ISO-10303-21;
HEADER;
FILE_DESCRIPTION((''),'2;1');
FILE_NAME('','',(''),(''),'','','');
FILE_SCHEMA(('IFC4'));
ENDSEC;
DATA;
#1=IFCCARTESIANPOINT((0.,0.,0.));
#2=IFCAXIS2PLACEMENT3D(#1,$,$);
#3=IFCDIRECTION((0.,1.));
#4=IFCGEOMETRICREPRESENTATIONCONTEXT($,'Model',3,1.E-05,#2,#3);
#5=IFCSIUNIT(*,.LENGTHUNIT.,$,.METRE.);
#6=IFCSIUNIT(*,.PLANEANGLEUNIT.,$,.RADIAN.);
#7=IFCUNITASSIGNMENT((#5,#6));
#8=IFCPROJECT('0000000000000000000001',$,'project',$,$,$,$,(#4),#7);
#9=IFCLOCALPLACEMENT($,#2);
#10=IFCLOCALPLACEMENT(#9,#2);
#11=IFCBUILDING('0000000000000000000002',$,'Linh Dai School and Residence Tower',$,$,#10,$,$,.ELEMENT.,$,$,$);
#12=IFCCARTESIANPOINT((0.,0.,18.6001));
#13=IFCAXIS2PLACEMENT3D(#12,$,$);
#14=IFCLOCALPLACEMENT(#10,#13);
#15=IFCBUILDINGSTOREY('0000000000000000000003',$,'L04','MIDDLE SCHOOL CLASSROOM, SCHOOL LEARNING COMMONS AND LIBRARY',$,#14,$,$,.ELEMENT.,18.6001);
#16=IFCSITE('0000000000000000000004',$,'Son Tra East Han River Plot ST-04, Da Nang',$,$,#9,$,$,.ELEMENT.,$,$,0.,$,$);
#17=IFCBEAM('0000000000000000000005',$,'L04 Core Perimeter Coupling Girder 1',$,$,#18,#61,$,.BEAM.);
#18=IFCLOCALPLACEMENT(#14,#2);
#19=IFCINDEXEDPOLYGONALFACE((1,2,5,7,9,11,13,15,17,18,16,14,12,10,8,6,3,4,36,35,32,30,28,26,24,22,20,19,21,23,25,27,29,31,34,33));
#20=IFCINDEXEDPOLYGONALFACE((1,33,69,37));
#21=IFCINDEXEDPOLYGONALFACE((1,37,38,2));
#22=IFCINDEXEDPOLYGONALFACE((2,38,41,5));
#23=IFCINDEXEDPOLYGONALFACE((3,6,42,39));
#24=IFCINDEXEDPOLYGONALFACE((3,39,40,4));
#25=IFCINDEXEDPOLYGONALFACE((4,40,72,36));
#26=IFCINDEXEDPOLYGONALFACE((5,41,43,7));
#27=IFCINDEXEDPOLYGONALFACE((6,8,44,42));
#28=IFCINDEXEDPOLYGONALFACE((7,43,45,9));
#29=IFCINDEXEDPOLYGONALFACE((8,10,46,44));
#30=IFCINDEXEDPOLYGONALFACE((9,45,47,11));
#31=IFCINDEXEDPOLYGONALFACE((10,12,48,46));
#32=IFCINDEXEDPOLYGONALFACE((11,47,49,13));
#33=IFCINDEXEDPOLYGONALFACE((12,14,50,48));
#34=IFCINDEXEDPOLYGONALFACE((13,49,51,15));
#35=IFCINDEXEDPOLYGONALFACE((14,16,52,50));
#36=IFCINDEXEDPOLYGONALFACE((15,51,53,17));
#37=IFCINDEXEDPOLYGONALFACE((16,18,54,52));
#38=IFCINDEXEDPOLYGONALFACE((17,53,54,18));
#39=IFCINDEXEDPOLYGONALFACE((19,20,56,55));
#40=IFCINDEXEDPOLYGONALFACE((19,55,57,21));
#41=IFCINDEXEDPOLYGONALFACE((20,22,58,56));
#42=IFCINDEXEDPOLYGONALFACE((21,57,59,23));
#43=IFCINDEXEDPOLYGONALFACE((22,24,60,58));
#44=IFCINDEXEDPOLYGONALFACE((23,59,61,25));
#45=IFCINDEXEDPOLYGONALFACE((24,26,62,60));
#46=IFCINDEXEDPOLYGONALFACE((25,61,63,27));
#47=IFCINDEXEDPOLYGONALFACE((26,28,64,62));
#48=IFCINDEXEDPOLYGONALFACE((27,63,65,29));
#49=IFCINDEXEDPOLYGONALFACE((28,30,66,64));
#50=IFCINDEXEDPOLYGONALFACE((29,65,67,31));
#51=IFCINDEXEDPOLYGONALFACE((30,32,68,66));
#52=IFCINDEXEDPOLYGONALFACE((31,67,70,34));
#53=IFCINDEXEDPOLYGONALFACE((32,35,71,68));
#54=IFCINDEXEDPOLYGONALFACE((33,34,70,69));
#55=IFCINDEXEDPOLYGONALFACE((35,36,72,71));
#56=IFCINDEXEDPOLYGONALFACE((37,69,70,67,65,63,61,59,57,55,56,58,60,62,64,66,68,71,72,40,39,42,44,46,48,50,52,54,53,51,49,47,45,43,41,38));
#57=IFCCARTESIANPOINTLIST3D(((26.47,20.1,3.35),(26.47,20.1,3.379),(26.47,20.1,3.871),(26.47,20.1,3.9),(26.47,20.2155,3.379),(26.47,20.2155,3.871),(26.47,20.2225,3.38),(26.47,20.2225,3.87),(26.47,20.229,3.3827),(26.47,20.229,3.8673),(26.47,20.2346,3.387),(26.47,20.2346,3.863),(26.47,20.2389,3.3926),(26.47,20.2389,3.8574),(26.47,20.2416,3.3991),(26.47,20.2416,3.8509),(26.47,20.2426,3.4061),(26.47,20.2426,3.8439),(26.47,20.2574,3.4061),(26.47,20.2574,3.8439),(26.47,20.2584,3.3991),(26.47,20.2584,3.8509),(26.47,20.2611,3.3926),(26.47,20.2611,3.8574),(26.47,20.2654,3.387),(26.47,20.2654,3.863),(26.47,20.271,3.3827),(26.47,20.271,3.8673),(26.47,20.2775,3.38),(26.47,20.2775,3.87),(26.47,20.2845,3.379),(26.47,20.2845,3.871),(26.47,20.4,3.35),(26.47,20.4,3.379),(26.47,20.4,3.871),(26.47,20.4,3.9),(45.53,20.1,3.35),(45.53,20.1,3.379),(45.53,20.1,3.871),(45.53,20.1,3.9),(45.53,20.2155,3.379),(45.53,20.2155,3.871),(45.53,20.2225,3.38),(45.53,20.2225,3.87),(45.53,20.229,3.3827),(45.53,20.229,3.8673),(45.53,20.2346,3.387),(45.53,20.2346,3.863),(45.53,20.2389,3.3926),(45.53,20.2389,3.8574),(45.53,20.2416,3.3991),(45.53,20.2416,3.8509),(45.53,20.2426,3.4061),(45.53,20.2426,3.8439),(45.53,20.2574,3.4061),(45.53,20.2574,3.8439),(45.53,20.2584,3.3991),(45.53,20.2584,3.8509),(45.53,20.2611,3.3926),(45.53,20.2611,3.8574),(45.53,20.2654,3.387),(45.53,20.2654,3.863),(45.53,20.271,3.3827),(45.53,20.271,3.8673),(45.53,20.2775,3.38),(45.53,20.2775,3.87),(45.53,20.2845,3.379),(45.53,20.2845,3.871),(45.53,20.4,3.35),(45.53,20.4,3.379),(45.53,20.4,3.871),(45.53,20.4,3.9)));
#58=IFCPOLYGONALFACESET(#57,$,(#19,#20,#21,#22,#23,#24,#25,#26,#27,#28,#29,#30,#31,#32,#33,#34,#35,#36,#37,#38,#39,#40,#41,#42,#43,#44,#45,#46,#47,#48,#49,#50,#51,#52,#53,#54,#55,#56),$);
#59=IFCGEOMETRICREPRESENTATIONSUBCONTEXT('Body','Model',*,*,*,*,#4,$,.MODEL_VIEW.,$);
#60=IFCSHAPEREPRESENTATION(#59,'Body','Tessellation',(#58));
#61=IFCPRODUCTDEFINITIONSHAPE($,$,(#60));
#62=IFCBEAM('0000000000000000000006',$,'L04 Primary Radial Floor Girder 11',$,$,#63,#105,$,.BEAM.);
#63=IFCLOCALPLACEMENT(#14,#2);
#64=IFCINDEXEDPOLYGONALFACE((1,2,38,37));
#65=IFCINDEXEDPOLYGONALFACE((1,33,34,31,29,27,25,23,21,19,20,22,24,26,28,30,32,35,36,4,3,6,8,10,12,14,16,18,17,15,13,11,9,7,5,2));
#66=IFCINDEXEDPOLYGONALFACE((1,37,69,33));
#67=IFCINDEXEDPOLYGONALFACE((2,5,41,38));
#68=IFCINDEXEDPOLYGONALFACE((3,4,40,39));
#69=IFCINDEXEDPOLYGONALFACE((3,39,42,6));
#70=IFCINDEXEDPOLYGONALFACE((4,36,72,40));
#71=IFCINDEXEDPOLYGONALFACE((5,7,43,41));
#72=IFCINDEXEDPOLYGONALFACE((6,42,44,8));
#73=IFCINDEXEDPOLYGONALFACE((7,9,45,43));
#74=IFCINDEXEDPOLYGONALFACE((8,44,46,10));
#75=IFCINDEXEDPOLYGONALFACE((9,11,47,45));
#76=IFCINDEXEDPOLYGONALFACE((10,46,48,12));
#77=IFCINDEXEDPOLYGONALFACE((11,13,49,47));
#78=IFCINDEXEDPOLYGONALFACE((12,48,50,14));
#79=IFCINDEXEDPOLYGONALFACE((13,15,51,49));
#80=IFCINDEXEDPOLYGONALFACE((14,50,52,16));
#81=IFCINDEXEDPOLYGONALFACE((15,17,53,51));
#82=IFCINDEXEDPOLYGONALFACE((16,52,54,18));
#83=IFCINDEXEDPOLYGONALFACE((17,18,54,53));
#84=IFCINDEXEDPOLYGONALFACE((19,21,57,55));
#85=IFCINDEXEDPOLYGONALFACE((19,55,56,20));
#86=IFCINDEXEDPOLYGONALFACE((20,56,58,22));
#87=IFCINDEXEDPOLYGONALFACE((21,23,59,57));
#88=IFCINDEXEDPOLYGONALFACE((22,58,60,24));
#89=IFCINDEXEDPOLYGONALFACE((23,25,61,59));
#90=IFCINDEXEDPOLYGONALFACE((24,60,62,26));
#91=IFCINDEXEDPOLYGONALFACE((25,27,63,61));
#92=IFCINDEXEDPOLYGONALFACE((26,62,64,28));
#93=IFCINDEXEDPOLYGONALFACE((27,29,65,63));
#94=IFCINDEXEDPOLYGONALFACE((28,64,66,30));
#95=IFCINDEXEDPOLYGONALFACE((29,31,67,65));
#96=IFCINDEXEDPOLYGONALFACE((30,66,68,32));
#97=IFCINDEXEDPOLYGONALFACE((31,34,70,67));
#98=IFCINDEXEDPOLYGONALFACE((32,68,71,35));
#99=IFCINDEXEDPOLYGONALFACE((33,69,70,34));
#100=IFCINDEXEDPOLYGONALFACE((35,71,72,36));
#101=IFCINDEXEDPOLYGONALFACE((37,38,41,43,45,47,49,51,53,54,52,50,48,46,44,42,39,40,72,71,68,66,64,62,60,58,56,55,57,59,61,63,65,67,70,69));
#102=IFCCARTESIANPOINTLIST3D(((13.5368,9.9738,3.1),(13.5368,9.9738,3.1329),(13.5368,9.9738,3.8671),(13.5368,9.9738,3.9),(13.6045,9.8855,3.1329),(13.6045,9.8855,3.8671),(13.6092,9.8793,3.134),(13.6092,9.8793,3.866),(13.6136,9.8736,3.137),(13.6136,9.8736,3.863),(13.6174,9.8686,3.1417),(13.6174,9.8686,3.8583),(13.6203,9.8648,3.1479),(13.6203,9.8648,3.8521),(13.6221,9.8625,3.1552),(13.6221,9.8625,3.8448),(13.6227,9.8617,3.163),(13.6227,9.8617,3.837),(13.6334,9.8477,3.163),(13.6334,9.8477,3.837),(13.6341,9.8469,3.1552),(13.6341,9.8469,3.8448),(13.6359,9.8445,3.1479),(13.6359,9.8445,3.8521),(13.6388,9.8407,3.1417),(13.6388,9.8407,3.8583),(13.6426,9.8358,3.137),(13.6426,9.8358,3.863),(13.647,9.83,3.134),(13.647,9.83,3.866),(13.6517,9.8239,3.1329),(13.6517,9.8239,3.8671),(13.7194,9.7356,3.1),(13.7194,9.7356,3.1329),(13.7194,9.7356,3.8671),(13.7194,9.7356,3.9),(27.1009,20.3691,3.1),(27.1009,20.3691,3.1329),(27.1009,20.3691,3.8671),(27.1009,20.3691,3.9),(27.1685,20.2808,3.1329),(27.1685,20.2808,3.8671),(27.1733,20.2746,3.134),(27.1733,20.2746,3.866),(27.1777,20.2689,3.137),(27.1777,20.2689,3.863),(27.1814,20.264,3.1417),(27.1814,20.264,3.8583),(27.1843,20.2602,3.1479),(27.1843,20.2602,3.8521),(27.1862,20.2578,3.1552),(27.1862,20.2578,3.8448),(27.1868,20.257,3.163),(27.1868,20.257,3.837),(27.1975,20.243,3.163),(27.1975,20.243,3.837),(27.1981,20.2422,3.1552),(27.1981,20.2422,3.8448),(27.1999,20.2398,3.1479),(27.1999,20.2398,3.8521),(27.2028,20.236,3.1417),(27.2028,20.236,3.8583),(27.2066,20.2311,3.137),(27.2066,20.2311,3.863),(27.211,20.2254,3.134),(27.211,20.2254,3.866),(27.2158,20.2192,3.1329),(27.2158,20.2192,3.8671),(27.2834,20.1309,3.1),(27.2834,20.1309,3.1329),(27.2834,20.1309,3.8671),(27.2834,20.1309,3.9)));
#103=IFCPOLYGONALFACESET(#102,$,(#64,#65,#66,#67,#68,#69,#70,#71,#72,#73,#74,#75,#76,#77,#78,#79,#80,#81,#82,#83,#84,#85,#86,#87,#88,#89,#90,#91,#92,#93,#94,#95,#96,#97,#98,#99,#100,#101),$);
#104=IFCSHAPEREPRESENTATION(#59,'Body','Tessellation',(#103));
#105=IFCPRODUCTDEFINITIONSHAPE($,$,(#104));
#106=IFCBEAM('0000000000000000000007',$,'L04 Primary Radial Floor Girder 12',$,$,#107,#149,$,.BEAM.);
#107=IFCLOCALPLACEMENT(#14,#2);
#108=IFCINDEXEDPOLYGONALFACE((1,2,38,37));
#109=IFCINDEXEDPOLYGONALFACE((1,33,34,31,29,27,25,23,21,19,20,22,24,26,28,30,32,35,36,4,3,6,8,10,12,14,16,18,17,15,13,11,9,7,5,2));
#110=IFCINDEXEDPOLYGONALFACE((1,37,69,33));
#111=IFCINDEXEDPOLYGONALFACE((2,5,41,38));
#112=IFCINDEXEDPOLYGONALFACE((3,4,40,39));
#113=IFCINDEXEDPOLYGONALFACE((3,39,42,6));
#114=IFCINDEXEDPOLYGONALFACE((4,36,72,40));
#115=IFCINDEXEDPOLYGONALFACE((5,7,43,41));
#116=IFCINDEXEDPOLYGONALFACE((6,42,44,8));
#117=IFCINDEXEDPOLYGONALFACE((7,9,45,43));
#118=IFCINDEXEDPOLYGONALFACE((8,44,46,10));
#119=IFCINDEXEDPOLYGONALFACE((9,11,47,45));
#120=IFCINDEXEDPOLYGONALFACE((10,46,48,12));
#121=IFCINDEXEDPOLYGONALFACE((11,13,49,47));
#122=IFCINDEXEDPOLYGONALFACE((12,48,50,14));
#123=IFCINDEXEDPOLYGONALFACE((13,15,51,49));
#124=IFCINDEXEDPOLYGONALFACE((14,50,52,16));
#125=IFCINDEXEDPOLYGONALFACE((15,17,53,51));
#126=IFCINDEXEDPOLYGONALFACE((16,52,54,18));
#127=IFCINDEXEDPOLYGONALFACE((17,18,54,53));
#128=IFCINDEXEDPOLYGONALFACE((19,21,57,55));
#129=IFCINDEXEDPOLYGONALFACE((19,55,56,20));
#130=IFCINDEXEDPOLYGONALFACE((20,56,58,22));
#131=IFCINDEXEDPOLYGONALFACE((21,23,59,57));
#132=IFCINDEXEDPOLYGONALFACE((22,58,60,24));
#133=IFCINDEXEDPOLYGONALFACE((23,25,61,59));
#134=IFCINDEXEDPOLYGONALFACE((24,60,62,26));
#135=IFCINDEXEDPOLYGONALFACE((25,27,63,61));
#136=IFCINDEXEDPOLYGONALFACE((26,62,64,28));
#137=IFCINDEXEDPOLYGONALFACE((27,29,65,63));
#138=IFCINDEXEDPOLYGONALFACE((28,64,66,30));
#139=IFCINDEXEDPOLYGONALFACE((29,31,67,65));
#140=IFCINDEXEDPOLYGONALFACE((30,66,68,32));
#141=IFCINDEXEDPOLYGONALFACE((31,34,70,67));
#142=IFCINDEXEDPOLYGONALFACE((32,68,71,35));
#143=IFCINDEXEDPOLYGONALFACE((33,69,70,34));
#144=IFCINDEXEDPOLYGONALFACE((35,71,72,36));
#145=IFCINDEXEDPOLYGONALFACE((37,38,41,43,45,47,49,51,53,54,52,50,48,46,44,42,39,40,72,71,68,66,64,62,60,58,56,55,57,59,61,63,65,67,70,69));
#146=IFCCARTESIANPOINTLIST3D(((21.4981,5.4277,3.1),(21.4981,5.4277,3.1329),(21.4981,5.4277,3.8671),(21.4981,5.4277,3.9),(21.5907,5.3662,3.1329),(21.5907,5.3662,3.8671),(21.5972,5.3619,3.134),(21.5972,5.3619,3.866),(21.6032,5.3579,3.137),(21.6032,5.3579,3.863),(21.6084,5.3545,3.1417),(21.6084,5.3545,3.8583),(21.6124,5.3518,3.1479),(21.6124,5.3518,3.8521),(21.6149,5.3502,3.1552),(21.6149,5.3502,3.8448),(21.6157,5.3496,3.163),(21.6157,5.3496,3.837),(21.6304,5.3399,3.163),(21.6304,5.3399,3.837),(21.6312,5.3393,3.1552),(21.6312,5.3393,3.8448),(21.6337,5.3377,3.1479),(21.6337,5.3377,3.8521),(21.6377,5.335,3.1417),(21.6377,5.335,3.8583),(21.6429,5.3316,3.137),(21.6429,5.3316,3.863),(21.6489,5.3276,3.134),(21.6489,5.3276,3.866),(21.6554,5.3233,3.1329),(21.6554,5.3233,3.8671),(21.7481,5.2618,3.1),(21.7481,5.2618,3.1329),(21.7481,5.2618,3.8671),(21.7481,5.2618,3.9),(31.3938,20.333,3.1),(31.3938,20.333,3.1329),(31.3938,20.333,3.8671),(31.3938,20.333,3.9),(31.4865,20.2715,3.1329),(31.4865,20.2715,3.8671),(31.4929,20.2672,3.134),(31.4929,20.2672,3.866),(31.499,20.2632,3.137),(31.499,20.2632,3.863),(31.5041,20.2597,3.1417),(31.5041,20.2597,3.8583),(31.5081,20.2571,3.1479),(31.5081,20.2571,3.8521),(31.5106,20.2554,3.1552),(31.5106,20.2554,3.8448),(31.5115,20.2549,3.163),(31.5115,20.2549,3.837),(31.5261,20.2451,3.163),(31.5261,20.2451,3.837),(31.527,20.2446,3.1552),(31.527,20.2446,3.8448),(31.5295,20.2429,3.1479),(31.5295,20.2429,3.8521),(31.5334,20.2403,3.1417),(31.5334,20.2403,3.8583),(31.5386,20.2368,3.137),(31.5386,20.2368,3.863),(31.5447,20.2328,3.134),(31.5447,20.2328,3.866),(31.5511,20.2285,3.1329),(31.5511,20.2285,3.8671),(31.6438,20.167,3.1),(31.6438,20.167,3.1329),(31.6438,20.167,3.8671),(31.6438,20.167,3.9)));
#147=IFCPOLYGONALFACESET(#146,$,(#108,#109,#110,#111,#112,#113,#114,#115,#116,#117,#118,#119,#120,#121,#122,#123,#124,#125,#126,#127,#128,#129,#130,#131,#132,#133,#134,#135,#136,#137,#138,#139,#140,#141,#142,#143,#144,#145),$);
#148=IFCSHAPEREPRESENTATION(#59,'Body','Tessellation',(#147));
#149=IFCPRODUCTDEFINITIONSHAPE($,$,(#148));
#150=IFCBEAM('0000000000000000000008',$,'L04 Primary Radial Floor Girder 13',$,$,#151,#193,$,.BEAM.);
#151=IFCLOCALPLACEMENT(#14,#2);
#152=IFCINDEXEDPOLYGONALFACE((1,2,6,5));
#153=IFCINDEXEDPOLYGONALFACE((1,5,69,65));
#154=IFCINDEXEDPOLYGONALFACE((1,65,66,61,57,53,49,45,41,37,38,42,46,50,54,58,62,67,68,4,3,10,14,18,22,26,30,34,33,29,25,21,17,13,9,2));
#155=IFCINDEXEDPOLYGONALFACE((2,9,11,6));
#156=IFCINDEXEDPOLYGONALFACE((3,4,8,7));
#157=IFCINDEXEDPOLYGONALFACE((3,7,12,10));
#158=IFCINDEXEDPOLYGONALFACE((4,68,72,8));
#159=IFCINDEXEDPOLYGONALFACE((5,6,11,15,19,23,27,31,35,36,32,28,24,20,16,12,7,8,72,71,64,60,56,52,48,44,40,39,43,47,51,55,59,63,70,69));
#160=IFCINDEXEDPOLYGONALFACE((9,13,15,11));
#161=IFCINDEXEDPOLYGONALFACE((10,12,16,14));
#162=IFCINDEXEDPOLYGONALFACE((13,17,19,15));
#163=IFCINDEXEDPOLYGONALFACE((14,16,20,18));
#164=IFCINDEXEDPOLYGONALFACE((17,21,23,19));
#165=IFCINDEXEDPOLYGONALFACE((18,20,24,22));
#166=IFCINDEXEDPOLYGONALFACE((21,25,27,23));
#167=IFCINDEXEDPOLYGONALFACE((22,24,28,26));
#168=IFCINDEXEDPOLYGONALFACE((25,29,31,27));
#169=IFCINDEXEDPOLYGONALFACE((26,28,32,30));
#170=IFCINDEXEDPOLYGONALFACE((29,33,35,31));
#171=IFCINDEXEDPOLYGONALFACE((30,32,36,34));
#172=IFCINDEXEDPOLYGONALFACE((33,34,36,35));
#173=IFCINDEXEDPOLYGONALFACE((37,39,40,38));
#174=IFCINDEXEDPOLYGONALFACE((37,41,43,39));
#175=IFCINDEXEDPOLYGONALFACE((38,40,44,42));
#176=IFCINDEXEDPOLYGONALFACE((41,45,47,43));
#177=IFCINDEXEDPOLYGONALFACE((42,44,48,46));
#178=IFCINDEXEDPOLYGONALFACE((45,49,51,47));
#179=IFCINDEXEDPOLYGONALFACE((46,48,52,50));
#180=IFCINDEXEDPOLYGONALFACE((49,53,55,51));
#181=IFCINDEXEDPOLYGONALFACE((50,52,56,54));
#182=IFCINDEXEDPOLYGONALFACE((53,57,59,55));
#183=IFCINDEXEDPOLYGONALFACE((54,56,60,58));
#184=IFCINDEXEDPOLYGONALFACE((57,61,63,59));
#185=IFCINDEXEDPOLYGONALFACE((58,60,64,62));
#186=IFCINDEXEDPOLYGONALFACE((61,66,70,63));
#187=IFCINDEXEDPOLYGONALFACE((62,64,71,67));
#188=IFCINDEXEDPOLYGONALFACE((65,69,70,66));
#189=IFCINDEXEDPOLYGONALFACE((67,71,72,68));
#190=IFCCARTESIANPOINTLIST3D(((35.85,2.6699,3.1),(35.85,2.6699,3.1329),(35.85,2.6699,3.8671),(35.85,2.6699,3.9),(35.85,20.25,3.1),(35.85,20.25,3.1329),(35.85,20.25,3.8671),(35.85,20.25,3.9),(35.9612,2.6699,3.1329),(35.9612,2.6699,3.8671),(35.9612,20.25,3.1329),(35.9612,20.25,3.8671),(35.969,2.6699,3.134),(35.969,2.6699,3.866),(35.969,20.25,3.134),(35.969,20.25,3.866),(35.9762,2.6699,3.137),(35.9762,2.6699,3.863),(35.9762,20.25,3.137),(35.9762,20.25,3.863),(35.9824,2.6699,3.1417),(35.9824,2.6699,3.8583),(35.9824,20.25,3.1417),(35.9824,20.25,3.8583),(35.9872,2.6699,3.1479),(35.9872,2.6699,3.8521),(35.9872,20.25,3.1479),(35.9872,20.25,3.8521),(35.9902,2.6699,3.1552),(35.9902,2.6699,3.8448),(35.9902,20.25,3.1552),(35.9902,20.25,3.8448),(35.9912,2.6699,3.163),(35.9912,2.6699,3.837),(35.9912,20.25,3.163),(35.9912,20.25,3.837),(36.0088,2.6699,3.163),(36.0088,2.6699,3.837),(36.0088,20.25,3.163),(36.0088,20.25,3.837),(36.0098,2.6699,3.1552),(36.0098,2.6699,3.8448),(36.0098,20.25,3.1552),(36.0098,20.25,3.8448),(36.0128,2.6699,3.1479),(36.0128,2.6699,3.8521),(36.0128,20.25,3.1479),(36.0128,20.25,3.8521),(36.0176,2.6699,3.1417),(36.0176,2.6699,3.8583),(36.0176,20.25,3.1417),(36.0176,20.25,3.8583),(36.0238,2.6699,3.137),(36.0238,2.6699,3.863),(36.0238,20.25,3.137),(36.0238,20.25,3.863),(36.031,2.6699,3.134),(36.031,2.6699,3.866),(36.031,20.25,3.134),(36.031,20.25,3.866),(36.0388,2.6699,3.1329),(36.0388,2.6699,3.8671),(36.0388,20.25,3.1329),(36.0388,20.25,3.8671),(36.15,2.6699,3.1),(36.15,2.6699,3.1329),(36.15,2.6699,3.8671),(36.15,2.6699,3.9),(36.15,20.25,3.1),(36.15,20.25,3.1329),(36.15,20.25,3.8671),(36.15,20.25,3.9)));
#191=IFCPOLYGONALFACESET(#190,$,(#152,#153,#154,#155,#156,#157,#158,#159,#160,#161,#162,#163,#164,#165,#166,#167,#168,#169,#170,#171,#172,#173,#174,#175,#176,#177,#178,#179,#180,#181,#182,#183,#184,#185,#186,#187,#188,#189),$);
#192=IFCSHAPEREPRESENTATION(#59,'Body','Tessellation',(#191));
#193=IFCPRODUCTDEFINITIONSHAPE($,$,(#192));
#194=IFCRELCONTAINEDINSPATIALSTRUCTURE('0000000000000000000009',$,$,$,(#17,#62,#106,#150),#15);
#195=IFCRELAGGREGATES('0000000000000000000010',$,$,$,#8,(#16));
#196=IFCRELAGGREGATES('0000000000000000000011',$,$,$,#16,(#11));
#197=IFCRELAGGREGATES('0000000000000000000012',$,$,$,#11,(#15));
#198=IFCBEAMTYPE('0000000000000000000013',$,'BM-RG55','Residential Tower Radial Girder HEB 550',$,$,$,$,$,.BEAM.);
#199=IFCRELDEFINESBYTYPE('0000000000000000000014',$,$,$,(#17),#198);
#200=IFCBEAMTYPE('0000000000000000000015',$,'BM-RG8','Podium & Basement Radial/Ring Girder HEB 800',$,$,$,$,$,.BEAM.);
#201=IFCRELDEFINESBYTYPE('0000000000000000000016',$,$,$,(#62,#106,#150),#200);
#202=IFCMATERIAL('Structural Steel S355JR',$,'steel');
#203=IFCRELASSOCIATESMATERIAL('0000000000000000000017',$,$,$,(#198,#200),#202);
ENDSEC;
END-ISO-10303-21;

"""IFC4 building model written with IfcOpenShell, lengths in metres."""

from ifc_helpers import new_model, si_unit, direction, frame, origin, origin_2d, place, context, subcontext, project, spatial, i_section, extrude, material, material_profile, profile_set, type_object, element, save


model = new_model("IFC4")

# Units and contexts
model_context = context("Model", 3, precision=1e-05, world=origin(), true_north=direction((0.0, 1.0)))
body_context = subcontext(model_context, "Body", "Model", "MODEL_VIEW")
ifc_project = project(units=[si_unit("LENGTHUNIT", "METRE"), si_unit("PLANEANGLEUNIT", "RADIAN")], contexts=[model_context])

# Site, building, storey
site_placement = place(None, origin())
site = spatial("IfcSite", under=ifc_project, at=site_placement, Name="Son Tra East Han River Plot ST-04, Da Nang", CompositionType="ELEMENT", RefElevation=0.0)
building_placement = place(site_placement, origin())
building = spatial("IfcBuilding", under=site, at=building_placement, Name="Linh Dai School and Residence Tower", CompositionType="ELEMENT")
storey_placement = place(building_placement, frame((0.0, 0.0, 18.6001)))
storey = spatial("IfcBuildingStorey", under=building, at=storey_placement, Name="L04", Description="MIDDLE SCHOOL CLASSROOM, SCHOOL LEARNING COMMONS AND LIBRARY", CompositionType="ELEMENT", Elevation=18.6001)

# Shared definitions
ifc_material_1 = material(Name="Structural Steel S355JR", Category="steel")

# Beams
ifc_material_profile_1 = material_profile(ifc_material_1, i_section(OverallWidth=0.3, OverallDepth=0.55, WebThickness=0.0149, FlangeThickness=0.0291, FilletRadius=0.0271, at=origin_2d()), Name="HEB 550")
ifc_profile_set_1 = profile_set([ifc_material_profile_1], Name="Structural Steel S355JR")
beam_type_1 = type_object("IfcBeamType", Name="BM-RG55", Description="Residential Tower Radial Girder HEB 550", PredefinedType="BEAM", material=ifc_profile_set_1)
beam_1_placement = place(storey_placement, frame((26.47, 20.25, 3.625), z_axis=(1.0, 0.0, 0.0), x_axis=(0.0, 1.0, 0.0)))
element("IfcBeam", 1, at=beam_1_placement, inside=storey, type_object=beam_type_1, Name="L04 Core Perimeter Coupling Girder 1", PredefinedType="BEAM", context=body_context, shape_type="SweptSolid", body=[
    extrude(i_section(OverallWidth=0.3, OverallDepth=0.55, WebThickness=0.0149, FlangeThickness=0.0291, FilletRadius=0.0271, at=origin_2d()), origin(), (0.0, 0.0, 1.0), 19.0601),
])
ifc_material_profile_2 = material_profile(ifc_material_1, i_section(OverallWidth=0.3, OverallDepth=0.8, WebThickness=0.0176, FlangeThickness=0.033, FilletRadius=0.03, at=origin_2d()), Name="HEB 800")
ifc_profile_set_2 = profile_set([ifc_material_profile_2], Name="Structural Steel S355JR")
beam_type_2 = type_object("IfcBeamType", Name="BM-RG8", Description="Podium & Basement Radial/Ring Girder HEB 800", PredefinedType="BEAM", material=ifc_profile_set_2)
beam_2_placement = place(storey_placement, frame((27.1921, 20.25, 3.5), z_axis=(-0.793713, -0.608292, 0.0), x_axis=(0.608292, -0.793713, 0.0)))
element("IfcBeam", 2, at=beam_2_placement, inside=storey, type_object=beam_type_2, Name="L04 Primary Radial Floor Girder 11", PredefinedType="BEAM", context=body_context, shape_type="SweptSolid", body=[
    extrude(i_section(OverallWidth=0.3, OverallDepth=0.8, WebThickness=0.0176, FlangeThickness=0.033, FilletRadius=0.03, at=origin_2d()), origin(), (0.0, 0.0, 1.0), 17.0894),
])
beam_3_placement = place(storey_placement, frame((31.5188, 20.25, 3.5), z_axis=(-0.553109, -0.833109, 0.0), x_axis=(0.833109, -0.553109, 0.0)))
element("IfcBeam", 3, at=beam_3_placement, inside=storey, type_object=beam_type_2, Name="L04 Primary Radial Floor Girder 12", PredefinedType="BEAM", context=body_context, shape_type="SweptSolid", body=[
    extrude(i_section(OverallWidth=0.3, OverallDepth=0.8, WebThickness=0.0176, FlangeThickness=0.033, FilletRadius=0.03, at=origin_2d()), origin(), (0.0, 0.0, 1.0), 17.8911),
])
beam_4_placement = place(storey_placement, frame((36.0, 20.25, 3.5), z_axis=(0.0, -1.0, 0.0), x_axis=(1.0, 0.0, 0.0)))
element("IfcBeam", 4, at=beam_4_placement, inside=storey, type_object=beam_type_2, Name="L04 Primary Radial Floor Girder 13", PredefinedType="BEAM", context=body_context, shape_type="SweptSolid", body=[
    extrude(i_section(OverallWidth=0.3, OverallDepth=0.8, WebThickness=0.0176, FlangeThickness=0.033, FilletRadius=0.03, at=origin_2d()), origin(), (0.0, 0.0, 1.0), 17.5801),
])

save(model, "model.ifc")
